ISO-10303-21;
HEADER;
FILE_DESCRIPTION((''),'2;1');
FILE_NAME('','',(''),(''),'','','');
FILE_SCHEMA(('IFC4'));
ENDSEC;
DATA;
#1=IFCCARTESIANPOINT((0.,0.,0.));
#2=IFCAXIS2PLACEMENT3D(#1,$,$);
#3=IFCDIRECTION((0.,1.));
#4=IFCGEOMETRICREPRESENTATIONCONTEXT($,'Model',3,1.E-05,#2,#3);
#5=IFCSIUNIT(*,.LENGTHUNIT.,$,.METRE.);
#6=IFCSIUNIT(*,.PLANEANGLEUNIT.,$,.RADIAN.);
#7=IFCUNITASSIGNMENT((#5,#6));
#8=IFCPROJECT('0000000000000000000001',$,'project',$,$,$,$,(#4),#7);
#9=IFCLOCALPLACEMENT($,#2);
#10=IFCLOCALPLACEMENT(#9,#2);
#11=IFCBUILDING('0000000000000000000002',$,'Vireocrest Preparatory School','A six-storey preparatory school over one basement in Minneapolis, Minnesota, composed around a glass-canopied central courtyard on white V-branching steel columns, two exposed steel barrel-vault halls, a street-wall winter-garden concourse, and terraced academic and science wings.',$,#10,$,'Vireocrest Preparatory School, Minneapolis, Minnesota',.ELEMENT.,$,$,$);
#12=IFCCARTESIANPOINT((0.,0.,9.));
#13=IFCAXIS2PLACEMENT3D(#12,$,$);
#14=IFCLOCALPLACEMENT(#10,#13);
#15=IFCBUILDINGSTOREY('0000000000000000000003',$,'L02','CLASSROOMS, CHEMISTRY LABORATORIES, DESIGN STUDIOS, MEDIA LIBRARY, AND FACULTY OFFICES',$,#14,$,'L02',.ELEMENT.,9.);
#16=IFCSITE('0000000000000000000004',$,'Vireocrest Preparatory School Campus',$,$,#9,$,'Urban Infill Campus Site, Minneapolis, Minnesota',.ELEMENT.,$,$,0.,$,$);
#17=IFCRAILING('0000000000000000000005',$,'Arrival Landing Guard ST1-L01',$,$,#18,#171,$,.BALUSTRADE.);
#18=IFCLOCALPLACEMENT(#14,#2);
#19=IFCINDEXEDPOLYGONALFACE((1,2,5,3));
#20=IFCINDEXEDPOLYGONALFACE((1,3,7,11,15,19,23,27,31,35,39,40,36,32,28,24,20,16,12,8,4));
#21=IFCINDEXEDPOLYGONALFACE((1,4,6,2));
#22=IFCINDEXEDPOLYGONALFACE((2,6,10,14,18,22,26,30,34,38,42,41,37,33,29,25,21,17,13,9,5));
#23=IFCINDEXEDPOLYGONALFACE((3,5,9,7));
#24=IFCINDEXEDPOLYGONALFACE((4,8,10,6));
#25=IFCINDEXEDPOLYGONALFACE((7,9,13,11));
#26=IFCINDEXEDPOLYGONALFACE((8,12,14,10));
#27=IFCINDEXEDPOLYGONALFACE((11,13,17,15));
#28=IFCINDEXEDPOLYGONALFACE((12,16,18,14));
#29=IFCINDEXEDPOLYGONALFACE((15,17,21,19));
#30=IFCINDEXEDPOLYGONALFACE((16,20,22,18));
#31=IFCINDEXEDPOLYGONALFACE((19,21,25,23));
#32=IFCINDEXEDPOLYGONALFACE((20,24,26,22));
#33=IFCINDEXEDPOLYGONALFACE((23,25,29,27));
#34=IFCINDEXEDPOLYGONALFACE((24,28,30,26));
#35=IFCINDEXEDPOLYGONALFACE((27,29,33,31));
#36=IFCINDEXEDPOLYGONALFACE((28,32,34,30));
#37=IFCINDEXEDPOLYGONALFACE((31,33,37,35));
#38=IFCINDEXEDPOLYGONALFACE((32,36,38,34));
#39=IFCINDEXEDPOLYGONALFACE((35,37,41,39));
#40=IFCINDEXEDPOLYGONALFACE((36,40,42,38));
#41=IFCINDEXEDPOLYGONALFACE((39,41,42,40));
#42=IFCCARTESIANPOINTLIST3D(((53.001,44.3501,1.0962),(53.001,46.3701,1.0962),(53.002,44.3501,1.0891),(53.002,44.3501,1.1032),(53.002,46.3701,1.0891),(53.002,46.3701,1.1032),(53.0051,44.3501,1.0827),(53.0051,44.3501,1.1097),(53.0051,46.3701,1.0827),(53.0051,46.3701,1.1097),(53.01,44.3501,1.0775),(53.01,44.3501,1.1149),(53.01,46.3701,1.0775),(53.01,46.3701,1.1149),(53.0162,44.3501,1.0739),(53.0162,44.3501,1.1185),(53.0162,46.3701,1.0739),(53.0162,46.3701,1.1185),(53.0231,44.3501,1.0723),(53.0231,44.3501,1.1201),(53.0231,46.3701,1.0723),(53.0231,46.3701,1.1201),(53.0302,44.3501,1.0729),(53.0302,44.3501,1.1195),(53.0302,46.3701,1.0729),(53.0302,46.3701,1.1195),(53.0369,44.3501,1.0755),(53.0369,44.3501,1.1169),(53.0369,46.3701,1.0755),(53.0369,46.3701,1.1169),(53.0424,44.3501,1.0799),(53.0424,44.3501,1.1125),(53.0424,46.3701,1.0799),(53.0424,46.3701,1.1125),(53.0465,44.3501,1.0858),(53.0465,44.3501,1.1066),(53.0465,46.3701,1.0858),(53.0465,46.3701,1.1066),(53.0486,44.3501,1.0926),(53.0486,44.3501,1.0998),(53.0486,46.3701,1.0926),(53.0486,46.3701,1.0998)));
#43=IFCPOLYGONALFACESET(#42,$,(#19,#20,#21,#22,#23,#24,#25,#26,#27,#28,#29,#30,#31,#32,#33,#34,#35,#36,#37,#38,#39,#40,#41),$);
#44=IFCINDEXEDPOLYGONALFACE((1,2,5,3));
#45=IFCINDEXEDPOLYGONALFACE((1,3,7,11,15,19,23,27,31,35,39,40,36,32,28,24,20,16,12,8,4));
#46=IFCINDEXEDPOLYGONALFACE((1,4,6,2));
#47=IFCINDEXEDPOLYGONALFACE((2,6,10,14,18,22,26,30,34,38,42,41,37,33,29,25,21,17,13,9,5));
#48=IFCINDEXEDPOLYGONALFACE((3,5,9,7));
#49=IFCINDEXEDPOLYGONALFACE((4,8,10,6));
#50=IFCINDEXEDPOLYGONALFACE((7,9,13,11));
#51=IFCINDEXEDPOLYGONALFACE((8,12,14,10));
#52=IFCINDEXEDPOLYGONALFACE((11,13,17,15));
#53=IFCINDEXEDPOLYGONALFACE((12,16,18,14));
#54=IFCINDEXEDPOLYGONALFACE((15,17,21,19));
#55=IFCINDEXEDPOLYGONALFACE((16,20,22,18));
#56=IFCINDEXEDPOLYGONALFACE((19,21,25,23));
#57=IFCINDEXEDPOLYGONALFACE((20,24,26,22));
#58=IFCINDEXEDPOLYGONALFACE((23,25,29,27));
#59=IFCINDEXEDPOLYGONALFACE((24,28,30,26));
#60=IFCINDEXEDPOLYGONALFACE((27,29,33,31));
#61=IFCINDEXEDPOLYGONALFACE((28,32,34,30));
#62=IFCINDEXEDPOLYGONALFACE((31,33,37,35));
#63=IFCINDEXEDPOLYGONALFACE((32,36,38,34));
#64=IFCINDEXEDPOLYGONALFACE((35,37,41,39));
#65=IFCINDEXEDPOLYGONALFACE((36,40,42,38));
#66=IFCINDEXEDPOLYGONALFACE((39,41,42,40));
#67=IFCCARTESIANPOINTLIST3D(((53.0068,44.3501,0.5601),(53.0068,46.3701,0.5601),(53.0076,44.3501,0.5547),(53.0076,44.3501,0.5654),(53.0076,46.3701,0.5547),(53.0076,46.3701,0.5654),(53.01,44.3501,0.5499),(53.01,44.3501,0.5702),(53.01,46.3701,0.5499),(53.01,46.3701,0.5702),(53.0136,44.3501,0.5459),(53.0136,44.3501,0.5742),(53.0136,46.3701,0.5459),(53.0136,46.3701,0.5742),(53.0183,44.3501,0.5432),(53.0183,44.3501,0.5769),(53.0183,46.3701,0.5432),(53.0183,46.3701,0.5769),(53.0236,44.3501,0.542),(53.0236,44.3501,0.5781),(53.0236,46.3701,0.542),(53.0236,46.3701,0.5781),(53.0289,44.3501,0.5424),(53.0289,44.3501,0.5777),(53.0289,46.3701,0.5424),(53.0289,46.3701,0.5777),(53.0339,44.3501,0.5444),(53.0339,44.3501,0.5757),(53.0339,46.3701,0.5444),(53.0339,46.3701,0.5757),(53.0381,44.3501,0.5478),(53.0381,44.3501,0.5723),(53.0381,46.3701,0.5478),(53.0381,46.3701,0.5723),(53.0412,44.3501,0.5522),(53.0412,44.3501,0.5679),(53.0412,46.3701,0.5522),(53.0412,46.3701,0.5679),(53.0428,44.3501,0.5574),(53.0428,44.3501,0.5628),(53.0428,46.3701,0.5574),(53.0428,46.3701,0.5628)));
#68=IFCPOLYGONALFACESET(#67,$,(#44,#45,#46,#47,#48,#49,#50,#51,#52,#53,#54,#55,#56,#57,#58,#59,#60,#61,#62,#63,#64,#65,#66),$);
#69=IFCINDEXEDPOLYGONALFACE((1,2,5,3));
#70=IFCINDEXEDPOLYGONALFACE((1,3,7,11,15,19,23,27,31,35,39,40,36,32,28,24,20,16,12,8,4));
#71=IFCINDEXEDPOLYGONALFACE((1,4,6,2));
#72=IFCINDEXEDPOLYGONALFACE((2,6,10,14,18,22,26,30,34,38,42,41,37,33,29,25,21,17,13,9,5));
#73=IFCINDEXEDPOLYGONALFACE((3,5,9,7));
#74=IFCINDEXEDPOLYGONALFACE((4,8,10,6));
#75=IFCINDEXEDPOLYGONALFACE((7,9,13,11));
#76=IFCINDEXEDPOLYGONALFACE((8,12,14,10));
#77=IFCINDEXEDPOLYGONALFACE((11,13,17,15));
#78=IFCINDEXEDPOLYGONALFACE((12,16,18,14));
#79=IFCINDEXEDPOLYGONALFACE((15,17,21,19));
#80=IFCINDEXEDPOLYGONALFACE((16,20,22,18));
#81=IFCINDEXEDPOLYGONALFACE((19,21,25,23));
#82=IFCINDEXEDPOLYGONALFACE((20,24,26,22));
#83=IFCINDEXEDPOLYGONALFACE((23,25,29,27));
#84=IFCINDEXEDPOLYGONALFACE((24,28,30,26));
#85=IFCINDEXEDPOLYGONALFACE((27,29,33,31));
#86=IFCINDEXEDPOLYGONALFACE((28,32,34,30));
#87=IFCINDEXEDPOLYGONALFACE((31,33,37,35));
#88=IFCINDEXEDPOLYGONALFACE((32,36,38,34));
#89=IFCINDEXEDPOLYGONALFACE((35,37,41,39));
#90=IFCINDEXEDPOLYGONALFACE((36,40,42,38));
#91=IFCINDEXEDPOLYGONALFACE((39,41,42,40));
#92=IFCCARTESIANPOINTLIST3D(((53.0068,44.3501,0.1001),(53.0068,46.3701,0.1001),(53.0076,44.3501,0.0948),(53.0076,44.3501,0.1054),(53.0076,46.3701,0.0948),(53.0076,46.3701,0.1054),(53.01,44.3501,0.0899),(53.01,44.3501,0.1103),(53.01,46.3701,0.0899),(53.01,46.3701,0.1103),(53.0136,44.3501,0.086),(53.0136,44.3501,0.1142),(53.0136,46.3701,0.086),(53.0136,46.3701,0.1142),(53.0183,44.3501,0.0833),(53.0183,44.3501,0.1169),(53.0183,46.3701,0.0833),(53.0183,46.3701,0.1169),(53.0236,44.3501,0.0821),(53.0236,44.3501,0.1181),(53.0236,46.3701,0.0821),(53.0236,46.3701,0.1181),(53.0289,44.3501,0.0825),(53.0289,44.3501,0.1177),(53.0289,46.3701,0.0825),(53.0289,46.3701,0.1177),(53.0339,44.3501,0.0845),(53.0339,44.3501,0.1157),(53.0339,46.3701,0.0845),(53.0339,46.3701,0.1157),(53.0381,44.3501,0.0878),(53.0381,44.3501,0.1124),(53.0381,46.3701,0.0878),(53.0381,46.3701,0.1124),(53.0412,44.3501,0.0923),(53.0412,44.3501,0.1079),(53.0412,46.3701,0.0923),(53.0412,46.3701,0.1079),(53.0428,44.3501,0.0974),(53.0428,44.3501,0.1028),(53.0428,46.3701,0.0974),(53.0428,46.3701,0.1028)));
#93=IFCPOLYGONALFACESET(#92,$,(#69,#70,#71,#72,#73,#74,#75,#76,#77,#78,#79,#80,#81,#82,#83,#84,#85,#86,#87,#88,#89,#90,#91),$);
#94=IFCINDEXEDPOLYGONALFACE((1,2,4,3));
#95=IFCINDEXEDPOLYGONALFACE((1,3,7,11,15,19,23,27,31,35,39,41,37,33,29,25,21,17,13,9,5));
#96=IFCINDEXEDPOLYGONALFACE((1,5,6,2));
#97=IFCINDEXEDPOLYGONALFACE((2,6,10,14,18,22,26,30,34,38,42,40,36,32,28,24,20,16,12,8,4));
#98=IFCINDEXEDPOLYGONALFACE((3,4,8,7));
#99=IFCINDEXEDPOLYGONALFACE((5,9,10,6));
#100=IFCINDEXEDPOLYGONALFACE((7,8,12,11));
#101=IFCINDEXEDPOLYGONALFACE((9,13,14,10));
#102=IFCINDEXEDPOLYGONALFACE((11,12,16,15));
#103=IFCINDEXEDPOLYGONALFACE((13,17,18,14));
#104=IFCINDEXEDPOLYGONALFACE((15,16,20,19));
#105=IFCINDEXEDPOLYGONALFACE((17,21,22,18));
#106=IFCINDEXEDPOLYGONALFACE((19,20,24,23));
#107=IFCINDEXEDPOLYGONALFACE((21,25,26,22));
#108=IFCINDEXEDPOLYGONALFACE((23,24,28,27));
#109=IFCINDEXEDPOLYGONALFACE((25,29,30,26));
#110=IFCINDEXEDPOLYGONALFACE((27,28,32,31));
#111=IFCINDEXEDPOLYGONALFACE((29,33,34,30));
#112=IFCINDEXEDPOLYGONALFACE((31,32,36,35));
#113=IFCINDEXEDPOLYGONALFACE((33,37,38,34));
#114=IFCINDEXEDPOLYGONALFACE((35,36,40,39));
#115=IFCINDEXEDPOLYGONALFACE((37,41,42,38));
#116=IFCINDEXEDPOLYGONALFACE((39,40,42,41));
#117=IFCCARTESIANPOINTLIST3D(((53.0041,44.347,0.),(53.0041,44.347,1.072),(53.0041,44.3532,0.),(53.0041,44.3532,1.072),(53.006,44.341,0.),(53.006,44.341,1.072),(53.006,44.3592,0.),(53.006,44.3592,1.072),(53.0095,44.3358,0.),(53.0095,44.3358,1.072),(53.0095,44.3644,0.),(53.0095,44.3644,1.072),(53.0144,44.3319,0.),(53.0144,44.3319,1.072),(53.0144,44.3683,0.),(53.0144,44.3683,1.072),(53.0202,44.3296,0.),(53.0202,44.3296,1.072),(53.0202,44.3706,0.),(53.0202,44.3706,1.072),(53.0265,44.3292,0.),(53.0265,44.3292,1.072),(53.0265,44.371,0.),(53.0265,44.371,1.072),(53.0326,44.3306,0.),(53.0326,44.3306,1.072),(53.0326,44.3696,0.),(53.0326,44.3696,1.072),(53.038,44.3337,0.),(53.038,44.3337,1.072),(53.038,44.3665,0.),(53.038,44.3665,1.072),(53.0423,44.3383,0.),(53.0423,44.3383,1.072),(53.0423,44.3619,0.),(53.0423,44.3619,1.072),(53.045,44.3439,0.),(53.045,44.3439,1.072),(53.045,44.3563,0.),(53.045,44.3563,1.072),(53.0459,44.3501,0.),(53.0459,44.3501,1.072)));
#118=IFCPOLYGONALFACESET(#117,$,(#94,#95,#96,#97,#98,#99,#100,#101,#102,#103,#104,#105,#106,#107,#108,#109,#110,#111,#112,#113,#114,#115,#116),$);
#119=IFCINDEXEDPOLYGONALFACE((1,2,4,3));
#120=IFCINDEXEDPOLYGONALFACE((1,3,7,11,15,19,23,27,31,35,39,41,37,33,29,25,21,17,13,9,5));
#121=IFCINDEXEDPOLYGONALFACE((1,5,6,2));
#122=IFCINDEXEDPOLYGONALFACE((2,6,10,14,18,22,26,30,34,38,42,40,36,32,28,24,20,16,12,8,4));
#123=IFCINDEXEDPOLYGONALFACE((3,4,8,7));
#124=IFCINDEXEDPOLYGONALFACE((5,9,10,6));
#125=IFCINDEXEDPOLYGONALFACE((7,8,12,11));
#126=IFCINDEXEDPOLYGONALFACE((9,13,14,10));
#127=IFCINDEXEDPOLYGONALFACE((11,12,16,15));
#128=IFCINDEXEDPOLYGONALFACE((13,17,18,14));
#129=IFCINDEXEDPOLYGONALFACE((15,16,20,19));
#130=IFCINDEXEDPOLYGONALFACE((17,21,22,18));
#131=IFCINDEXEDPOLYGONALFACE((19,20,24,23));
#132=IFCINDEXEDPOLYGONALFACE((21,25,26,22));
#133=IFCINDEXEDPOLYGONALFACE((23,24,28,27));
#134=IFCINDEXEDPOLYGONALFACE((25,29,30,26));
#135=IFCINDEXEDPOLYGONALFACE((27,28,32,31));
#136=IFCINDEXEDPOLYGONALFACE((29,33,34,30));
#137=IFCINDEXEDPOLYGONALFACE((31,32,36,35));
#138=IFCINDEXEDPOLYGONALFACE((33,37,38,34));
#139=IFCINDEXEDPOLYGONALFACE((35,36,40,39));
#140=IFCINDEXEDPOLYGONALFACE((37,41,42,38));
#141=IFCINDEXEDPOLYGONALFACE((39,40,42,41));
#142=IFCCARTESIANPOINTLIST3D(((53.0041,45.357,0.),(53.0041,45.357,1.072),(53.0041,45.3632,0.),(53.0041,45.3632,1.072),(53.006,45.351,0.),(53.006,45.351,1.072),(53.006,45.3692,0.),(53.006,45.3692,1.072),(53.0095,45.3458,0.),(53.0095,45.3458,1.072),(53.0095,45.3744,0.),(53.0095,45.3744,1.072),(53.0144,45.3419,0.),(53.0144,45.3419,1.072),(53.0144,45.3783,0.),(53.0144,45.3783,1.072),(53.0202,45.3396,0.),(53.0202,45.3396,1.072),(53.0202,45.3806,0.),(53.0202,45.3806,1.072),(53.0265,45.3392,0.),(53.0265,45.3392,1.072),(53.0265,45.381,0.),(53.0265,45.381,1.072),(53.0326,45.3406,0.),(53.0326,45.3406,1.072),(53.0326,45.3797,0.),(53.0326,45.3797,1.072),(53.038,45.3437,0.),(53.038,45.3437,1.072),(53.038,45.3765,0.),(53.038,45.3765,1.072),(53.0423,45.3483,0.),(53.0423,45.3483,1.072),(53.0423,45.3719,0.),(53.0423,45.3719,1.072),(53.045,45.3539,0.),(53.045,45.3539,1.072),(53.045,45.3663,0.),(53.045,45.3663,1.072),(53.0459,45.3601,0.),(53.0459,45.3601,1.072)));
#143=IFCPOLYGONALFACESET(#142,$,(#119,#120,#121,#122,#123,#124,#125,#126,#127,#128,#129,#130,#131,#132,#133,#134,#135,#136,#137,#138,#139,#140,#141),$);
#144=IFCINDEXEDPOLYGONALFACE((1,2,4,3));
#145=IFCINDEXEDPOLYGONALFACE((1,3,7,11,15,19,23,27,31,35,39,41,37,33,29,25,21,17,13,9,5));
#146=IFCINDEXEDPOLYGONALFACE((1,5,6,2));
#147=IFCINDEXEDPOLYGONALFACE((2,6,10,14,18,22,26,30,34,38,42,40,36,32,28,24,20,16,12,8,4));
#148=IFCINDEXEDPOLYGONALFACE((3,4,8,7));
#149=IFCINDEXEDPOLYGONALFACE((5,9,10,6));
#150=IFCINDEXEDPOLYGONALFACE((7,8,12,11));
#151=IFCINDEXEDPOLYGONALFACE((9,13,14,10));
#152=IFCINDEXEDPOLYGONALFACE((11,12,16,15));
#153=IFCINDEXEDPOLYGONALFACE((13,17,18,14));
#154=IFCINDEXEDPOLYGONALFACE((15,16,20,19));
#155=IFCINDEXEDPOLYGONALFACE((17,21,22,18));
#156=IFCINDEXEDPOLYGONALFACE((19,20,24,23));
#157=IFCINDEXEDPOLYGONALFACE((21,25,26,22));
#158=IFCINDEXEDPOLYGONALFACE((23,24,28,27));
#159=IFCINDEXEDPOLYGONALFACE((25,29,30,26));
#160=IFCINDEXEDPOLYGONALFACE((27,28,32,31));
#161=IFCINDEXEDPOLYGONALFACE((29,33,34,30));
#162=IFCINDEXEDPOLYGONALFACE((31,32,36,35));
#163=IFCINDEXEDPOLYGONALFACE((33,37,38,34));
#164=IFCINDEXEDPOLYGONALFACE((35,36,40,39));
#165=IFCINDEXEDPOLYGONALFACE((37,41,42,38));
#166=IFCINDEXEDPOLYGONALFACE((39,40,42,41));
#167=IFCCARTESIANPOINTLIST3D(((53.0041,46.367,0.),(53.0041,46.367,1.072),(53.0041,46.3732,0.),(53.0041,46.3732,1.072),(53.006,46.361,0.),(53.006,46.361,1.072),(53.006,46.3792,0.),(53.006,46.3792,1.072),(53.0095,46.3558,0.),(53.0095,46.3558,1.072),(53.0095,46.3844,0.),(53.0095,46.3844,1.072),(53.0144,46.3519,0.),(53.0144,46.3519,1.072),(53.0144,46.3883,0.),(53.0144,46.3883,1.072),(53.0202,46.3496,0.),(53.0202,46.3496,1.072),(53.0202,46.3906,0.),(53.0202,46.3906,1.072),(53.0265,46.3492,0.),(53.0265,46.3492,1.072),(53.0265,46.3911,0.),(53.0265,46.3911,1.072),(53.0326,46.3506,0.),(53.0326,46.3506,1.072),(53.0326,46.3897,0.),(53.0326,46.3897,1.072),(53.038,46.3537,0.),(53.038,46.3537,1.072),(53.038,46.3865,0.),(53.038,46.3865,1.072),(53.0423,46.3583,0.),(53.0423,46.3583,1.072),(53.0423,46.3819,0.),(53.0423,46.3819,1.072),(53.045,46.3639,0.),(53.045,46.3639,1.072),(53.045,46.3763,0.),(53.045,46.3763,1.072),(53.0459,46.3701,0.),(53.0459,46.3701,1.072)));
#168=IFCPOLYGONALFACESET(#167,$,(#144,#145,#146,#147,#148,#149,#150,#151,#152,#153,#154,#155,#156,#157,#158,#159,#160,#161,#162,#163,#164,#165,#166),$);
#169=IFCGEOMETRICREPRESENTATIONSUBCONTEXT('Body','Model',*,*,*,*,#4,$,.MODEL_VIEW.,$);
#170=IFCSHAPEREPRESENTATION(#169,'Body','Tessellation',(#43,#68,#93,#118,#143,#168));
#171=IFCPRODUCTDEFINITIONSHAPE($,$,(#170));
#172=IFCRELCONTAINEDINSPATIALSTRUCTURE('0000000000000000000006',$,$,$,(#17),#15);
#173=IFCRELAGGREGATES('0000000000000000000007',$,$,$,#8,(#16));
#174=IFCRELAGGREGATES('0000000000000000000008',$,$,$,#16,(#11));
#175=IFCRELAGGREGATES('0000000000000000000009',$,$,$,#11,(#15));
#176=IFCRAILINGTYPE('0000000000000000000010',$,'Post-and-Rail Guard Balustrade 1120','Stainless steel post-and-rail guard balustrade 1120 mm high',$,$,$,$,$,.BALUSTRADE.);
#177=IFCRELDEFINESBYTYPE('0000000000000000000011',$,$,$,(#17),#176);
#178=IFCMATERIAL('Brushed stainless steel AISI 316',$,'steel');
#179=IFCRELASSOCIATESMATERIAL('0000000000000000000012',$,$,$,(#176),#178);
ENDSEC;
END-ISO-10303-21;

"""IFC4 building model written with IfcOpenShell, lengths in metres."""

from ifc_helpers import new_model, si_unit, direction, frame, origin, origin_2d, place, context, subcontext, project, spatial, circle, extrude, material, type_object, element, save


model = new_model("IFC4")

# Units and contexts
model_context = context("Model", 3, precision=1e-05, world=origin(), true_north=direction((0.0, 1.0)))
body_context = subcontext(model_context, "Body", "Model", "MODEL_VIEW")
ifc_project = project(units=[si_unit("LENGTHUNIT", "METRE"), si_unit("PLANEANGLEUNIT", "RADIAN")], contexts=[model_context])

# Site, building, storey
site_placement = place(None, origin())
site = spatial("IfcSite", under=ifc_project, at=site_placement, Name="Vireocrest Preparatory School Campus", LongName="Urban Infill Campus Site, Minneapolis, Minnesota", CompositionType="ELEMENT", RefElevation=0.0)
building_placement = place(site_placement, origin())
building = spatial("IfcBuilding", under=site, at=building_placement, Name="Vireocrest Preparatory School", Description="A six-storey preparatory school over one basement in Minneapolis, Minnesota, composed around a glass-canopied central courtyard on white V-branching steel columns, two exposed steel barrel-vault halls, a street-wall winter-garden concourse, and terraced academic and science wings.", LongName="Vireocrest Preparatory School, Minneapolis, Minnesota", CompositionType="ELEMENT")
storey_placement = place(building_placement, frame((0.0, 0.0, 9.0)))
storey = spatial("IfcBuildingStorey", under=building, at=storey_placement, Name="L02", Description="CLASSROOMS, CHEMISTRY LABORATORIES, DESIGN STUDIOS, MEDIA LIBRARY, AND FACULTY OFFICES", LongName="L02", CompositionType="ELEMENT", Elevation=9.0)

# Railing
ifc_material_1 = material(Name="Brushed stainless steel AISI 316", Category="steel")
railing_type_1 = type_object("IfcRailingType", Name="Post-and-Rail Guard Balustrade 1120", Description="Stainless steel post-and-rail guard balustrade 1120 mm high", PredefinedType="BALUSTRADE", material=ifc_material_1)
railing_1_placement = place(storey_placement, frame((53.0249, 44.3501, 0.0)))
element("IfcRailing", 1, at=railing_1_placement, inside=storey, type_object=railing_type_1, Name="Arrival Landing Guard ST1-L01", PredefinedType="BALUSTRADE", context=body_context, shape_type="SweptSolid", body=[
    extrude(circle(Radius=0.0239, at=origin_2d()), frame((0.0, 0.0, 1.0962), z_axis=(0.0, 1.0, 0.0), x_axis=(-1.0, 0.0, 0.0)), (0.0, 0.0, 1.0), 2.02),
    extrude(circle(Radius=0.0181, at=origin_2d()), frame((0.0, 0.0, 0.5601), z_axis=(0.0, 1.0, 0.0), x_axis=(-1.0, 0.0, 0.0)), (0.0, 0.0, 1.0), 2.02),
    extrude(circle(Radius=0.0181, at=origin_2d()), frame((0.0, 0.0, 0.1001), z_axis=(0.0, 1.0, 0.0), x_axis=(-1.0, 0.0, 0.0)), (0.0, 0.0, 1.0), 2.02),
    extrude(circle(Radius=0.021, at=origin_2d()), origin(), (0.0, 0.0, 1.0), 1.072),
    extrude(circle(Radius=0.021, at=origin_2d()), frame((0.0, 1.01, 0.0)), (0.0, 0.0, 1.0), 1.072),
    extrude(circle(Radius=0.021, at=origin_2d()), frame((0.0, 2.02, 0.0)), (0.0, 0.0, 1.0), 1.072),
])

save(model, "model.ifc")
